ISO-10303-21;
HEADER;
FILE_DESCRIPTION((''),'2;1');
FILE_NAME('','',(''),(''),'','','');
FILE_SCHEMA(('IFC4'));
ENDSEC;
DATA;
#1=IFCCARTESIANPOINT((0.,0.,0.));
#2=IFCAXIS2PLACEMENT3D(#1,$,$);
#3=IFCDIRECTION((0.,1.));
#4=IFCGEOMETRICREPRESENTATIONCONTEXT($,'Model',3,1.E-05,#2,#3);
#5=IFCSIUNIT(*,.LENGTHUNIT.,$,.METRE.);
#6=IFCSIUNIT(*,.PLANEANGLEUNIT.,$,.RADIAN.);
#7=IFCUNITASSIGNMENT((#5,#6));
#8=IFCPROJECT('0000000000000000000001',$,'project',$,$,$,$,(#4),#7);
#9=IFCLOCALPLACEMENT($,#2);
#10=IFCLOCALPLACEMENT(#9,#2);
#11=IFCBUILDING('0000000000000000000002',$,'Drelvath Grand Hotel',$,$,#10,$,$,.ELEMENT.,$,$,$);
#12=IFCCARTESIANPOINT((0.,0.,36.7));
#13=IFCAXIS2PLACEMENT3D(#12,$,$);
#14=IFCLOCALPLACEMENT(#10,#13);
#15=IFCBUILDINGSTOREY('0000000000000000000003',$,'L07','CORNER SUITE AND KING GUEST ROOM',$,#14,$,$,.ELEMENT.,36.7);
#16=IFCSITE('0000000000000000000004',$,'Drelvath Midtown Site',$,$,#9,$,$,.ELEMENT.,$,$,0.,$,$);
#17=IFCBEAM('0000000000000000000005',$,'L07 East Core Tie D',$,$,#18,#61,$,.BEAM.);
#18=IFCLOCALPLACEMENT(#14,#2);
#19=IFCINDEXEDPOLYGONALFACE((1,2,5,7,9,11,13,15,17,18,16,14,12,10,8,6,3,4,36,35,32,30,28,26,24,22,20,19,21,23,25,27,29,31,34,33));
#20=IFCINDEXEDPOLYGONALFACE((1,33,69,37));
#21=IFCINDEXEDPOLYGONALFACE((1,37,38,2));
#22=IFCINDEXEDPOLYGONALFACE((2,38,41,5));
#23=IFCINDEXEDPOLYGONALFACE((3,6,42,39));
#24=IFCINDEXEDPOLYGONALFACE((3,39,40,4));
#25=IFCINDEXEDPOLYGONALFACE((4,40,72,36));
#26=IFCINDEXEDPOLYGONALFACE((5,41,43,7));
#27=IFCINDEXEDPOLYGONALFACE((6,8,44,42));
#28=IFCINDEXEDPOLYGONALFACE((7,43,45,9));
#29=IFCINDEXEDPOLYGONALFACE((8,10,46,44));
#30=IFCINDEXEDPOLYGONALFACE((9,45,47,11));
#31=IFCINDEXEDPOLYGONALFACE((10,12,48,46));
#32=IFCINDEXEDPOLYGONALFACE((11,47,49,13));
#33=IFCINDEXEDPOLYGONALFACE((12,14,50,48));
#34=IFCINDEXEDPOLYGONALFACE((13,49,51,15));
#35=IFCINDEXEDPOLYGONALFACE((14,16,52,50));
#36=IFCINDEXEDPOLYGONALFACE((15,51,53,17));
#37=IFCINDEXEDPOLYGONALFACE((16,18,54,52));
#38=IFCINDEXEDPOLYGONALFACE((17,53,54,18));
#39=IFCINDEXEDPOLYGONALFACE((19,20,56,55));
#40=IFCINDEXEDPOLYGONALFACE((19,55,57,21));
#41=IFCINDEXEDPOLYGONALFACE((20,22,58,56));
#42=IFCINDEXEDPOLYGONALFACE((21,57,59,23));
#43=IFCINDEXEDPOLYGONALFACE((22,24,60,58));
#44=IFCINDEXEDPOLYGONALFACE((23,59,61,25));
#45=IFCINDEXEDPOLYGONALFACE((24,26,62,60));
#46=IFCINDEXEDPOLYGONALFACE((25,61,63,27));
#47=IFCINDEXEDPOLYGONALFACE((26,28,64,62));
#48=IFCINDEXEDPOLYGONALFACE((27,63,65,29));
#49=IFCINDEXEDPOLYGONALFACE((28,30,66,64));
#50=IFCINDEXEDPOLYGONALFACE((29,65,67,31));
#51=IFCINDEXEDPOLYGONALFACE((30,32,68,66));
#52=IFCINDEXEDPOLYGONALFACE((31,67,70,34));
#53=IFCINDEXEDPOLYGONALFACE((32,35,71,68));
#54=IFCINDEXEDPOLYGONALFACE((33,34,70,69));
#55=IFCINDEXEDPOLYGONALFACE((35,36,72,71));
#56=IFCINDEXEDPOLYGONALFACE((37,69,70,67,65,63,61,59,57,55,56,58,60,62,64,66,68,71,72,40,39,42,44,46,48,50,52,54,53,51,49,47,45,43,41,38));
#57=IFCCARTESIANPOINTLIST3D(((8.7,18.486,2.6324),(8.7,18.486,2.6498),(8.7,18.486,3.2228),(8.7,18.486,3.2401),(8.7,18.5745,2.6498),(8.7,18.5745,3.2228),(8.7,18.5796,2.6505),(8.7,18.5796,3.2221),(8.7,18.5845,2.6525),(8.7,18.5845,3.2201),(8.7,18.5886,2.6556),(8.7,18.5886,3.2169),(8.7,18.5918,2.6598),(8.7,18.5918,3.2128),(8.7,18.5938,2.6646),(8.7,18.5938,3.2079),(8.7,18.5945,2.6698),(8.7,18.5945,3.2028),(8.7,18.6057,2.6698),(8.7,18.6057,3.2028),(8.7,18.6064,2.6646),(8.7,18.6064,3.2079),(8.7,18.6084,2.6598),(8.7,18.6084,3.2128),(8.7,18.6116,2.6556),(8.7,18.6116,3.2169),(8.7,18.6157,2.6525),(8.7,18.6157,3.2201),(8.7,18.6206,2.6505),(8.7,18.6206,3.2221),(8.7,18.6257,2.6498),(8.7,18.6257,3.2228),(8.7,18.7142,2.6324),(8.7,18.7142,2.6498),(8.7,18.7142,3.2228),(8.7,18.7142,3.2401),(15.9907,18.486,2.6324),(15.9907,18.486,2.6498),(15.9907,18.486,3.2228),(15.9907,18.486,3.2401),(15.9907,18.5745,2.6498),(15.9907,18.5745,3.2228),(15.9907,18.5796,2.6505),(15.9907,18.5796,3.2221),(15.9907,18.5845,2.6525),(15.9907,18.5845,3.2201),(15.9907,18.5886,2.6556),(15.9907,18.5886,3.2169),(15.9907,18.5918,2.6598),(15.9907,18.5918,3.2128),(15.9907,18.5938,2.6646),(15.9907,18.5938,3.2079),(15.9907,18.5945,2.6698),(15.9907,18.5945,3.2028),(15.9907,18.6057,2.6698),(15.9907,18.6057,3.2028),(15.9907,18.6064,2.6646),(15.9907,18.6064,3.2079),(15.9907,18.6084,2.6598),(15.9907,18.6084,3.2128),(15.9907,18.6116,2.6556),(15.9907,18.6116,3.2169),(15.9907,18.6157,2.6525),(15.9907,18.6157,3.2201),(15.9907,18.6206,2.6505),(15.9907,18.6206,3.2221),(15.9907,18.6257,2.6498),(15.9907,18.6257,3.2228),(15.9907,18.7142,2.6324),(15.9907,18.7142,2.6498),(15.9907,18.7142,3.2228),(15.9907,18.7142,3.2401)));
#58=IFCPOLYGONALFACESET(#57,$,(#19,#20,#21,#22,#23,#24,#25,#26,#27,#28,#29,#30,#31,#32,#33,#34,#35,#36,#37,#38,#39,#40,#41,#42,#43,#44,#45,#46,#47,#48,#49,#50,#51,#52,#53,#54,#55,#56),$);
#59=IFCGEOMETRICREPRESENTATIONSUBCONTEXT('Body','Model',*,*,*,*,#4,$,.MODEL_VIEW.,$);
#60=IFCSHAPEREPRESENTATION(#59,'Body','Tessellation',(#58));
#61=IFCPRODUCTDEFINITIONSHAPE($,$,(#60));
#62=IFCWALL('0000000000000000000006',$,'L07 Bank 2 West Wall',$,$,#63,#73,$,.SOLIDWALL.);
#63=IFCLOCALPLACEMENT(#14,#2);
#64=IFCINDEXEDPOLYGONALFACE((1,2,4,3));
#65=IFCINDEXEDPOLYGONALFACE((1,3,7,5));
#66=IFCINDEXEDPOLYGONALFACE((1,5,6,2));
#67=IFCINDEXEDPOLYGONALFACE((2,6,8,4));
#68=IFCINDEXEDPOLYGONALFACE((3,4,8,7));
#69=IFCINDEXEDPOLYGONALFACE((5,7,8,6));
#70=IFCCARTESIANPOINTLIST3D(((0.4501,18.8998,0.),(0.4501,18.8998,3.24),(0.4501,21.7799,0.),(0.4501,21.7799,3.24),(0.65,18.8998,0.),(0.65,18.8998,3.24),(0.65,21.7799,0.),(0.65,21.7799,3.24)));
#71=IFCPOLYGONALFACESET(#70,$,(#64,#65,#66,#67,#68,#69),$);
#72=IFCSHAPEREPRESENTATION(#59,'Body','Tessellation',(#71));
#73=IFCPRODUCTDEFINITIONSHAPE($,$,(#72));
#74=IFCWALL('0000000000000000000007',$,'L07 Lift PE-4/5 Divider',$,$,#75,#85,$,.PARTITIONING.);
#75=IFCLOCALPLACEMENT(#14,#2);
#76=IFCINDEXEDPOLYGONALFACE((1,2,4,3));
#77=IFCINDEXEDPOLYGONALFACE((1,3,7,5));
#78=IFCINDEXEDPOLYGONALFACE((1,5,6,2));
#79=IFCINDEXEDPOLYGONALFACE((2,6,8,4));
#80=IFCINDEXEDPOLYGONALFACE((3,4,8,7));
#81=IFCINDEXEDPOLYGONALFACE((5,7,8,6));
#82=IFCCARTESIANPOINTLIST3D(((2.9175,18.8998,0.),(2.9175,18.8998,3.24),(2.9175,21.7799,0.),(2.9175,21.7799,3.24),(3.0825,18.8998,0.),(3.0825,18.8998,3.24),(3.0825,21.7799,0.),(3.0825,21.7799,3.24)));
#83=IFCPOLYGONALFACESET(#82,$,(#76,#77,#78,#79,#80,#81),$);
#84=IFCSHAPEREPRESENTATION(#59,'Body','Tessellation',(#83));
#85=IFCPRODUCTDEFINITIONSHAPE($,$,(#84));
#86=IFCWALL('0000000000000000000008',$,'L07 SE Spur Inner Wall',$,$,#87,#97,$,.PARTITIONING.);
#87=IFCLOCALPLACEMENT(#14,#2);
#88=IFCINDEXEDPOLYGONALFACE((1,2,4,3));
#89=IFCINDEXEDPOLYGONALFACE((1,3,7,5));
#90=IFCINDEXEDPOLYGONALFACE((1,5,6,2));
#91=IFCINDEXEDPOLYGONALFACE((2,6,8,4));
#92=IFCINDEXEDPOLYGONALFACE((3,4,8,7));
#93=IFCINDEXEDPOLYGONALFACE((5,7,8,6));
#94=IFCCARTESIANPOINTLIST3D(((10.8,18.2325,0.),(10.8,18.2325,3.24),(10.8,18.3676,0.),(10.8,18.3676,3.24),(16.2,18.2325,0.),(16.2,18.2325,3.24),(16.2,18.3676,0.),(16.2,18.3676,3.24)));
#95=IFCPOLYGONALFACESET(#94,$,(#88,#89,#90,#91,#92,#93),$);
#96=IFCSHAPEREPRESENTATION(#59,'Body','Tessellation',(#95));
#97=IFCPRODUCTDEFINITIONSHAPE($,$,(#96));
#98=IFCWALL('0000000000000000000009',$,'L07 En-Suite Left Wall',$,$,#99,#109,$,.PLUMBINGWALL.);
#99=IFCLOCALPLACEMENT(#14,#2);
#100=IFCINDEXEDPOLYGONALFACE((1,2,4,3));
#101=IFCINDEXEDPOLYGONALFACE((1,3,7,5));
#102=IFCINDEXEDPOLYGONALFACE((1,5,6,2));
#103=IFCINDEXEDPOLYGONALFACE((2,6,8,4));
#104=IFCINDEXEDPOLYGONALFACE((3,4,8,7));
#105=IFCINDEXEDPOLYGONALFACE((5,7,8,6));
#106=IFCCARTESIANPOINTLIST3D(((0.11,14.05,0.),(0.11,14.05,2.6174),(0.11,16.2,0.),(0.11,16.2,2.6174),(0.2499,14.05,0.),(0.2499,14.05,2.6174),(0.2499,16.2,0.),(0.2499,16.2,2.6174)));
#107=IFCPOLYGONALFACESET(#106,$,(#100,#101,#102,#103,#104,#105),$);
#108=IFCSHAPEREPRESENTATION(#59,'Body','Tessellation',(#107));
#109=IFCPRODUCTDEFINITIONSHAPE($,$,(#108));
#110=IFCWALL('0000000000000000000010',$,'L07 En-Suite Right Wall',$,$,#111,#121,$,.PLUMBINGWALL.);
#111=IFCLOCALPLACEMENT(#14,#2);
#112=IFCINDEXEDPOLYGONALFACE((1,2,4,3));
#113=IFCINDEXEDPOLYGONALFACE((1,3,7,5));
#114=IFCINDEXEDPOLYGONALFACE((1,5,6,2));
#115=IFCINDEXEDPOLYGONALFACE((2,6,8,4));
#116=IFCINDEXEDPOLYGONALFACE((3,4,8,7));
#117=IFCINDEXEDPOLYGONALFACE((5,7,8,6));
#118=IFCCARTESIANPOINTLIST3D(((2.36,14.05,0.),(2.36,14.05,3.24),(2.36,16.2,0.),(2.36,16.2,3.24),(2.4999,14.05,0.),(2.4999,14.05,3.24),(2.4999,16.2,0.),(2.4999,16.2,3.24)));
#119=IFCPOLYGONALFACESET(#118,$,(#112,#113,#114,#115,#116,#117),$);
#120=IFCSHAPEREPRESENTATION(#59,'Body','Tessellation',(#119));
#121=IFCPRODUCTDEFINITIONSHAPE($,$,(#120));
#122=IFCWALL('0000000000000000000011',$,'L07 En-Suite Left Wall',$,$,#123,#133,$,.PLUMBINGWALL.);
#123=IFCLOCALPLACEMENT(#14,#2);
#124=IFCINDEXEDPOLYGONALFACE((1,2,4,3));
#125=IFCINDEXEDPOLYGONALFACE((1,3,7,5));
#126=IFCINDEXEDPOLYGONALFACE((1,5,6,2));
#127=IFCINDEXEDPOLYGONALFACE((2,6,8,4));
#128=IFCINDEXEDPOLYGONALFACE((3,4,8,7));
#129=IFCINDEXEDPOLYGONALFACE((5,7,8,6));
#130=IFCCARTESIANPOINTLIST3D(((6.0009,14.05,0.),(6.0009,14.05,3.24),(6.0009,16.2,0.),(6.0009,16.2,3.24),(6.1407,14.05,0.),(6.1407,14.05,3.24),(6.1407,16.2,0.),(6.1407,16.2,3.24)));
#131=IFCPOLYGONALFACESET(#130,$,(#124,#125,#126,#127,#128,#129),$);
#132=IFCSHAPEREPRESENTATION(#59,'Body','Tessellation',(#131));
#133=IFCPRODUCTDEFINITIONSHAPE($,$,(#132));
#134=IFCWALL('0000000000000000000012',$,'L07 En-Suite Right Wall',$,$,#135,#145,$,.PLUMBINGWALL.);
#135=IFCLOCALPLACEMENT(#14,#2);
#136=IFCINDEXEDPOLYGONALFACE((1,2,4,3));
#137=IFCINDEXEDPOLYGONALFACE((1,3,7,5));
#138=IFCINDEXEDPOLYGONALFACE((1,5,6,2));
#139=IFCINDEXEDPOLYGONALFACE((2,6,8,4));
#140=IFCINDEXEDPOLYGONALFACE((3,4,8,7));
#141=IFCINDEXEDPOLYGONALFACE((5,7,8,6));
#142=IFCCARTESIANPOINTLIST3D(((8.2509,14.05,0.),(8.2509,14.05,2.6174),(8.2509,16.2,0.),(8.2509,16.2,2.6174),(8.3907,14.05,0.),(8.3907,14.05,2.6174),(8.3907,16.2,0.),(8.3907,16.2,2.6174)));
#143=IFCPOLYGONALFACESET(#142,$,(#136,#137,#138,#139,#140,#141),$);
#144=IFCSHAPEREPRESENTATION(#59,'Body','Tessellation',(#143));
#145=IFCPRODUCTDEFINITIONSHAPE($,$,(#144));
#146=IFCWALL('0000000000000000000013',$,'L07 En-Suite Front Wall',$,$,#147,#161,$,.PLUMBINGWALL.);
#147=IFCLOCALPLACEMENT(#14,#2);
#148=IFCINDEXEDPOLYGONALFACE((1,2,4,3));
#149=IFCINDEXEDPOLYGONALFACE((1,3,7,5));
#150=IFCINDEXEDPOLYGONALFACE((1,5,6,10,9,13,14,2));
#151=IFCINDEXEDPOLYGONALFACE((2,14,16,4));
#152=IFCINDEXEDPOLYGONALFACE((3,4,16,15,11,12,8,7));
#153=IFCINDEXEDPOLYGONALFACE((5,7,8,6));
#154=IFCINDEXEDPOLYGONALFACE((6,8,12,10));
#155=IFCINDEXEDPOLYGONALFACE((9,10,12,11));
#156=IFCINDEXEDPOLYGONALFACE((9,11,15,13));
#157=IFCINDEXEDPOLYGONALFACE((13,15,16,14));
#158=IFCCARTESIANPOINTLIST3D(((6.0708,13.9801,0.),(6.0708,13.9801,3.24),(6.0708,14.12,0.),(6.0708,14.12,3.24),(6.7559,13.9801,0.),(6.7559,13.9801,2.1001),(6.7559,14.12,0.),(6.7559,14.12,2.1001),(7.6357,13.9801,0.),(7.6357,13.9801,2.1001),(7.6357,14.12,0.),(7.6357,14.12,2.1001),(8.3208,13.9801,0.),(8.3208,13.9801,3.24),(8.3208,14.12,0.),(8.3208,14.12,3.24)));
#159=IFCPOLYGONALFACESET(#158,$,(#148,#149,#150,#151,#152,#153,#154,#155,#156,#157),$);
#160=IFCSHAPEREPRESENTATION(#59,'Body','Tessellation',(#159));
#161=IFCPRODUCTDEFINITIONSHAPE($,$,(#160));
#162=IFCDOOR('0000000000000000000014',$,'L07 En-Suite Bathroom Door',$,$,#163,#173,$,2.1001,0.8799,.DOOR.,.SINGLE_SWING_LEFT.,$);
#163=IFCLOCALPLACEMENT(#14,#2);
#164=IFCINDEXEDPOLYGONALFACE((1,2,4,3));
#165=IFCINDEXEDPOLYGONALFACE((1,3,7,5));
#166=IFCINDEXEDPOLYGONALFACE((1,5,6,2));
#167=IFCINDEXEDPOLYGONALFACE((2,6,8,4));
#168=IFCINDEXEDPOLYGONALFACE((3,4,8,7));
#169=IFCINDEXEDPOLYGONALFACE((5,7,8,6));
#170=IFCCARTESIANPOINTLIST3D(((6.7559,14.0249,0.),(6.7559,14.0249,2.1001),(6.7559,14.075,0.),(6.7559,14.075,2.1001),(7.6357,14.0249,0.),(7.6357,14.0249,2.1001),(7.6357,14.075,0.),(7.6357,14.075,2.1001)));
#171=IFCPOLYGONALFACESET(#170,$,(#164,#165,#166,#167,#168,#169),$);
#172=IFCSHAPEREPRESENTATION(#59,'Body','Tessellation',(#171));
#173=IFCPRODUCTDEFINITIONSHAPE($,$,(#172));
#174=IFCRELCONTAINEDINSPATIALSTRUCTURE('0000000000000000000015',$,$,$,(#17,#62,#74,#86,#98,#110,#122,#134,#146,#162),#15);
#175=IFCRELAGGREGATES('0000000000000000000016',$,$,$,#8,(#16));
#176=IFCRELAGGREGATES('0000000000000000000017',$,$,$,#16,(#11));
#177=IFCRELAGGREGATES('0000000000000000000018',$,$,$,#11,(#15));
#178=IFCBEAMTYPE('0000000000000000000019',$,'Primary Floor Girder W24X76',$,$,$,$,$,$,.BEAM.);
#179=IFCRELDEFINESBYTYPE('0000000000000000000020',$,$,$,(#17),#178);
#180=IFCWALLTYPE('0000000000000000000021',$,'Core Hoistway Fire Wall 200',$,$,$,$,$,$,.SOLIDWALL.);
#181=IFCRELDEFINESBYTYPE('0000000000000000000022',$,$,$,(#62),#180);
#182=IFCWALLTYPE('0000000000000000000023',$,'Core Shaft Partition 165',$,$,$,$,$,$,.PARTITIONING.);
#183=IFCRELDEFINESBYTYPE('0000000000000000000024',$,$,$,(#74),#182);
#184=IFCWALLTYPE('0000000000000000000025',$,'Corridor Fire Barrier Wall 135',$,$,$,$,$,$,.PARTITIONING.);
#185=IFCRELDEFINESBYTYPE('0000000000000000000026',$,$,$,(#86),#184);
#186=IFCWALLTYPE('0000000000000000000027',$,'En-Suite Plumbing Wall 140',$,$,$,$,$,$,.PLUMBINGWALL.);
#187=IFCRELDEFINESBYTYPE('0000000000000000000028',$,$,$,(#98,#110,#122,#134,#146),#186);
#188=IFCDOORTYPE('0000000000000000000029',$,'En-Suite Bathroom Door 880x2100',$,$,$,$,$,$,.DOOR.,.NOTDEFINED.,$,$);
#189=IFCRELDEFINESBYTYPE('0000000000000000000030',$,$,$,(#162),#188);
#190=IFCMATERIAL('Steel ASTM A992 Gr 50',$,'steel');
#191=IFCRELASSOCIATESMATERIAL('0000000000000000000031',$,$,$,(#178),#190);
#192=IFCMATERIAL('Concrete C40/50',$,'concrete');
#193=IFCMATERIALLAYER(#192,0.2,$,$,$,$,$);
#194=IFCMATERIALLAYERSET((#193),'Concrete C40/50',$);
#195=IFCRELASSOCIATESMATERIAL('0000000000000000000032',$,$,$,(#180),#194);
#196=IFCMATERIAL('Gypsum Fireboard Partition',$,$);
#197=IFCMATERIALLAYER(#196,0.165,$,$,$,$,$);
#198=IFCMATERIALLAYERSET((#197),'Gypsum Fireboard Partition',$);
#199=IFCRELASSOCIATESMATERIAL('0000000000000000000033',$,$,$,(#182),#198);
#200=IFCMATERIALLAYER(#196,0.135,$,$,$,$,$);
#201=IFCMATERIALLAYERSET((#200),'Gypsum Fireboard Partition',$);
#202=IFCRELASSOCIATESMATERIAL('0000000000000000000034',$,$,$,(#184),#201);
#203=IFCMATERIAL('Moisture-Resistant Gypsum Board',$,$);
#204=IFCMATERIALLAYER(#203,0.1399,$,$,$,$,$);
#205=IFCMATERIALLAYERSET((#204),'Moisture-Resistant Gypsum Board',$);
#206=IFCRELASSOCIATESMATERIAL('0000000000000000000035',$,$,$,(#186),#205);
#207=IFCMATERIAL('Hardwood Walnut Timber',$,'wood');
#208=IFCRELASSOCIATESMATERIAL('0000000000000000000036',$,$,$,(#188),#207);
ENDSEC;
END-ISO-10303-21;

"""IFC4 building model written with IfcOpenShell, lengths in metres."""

from ifc_helpers import new_model, si_unit, direction, frame, frame_2d, origin, origin_2d, place, context, subcontext, project, spatial, rectangle, i_section, extrude, material, layer, layer_set, material_profile, profile_set, type_object, element, fill, save


model = new_model("IFC4")

# Units and contexts
model_context = context("Model", 3, precision=1e-05, world=origin(), true_north=direction((0.0, 1.0)))
body_context = subcontext(model_context, "Body", "Model", "MODEL_VIEW")
ifc_project = project(units=[si_unit("LENGTHUNIT", "METRE"), si_unit("PLANEANGLEUNIT", "RADIAN")], contexts=[model_context])

# Site, building, storey
site_placement = place(None, origin())
site = spatial("IfcSite", under=ifc_project, at=site_placement, Name="Drelvath Midtown Site", CompositionType="ELEMENT", RefElevation=0.0)
building_placement = place(site_placement, origin())
building = spatial("IfcBuilding", under=site, at=building_placement, Name="Drelvath Grand Hotel", CompositionType="ELEMENT")
storey_placement = place(building_placement, frame((0.0, 0.0, 36.7)))
storey = spatial("IfcBuildingStorey", under=building, at=storey_placement, Name="L07", Description="CORNER SUITE AND KING GUEST ROOM", CompositionType="ELEMENT", Elevation=36.7)

# Beam
ifc_material_1 = material(Name="Steel ASTM A992 Gr 50", Category="steel")
ifc_material_profile = material_profile(ifc_material_1, i_section(OverallWidth=0.2283, OverallDepth=0.6077, WebThickness=0.0112, FlangeThickness=0.0173, FilletRadius=0.02, at=origin_2d()), Name="W24X76")
ifc_profile_set = profile_set([ifc_material_profile], Name="Steel ASTM A992 Gr 50")
beam_type = type_object("IfcBeamType", Name="Primary Floor Girder W24X76", PredefinedType="BEAM", material=ifc_profile_set)
beam_placement = place(storey_placement, frame((8.7, 18.6001, 2.9363), z_axis=(1.0, 0.0, 0.0), x_axis=(0.0, 1.0, 0.0)))
element("IfcBeam", 1, at=beam_placement, inside=storey, type_object=beam_type, Name="L07 East Core Tie D", PredefinedType="BEAM", context=body_context, shape_type="SweptSolid", body=[
    extrude(i_section(OverallWidth=0.2283, OverallDepth=0.6077, WebThickness=0.0112, FlangeThickness=0.0173, FilletRadius=0.02, at=origin_2d()), origin(), (0.0, 0.0, 1.0), 7.2908),
])

# Walls
ifc_material_2 = material(Name="Concrete C40/50", Category="concrete")
ifc_layer_1 = layer(ifc_material_2, 0.2)
ifc_layer_set_1 = layer_set([ifc_layer_1], Name="Concrete C40/50")
wall_type_1 = type_object("IfcWallType", Name="Core Hoistway Fire Wall 200", PredefinedType="SOLIDWALL", material=ifc_layer_set_1)
wall_1_placement = place(storey_placement, frame((0.55, 18.8999, 0.0), z_axis=(0.0, 0.0, 1.0), x_axis=(0.0, 1.0, 0.0)))
element("IfcWall", 2, at=wall_1_placement, inside=storey, type_object=wall_type_1, Name="L07 Bank 2 West Wall", PredefinedType="SOLIDWALL", context=body_context, shape_type="SweptSolid", body=[
    extrude(rectangle(XDim=2.8801, YDim=0.2, at=frame_2d((1.4399, 0.0))), origin(), (0.0, 0.0, 1.0), 3.24),
])
ifc_material_3 = material(Name="Gypsum Fireboard Partition")
ifc_layer_2 = layer(ifc_material_3, 0.165)
ifc_layer_set_2 = layer_set([ifc_layer_2], Name="Gypsum Fireboard Partition")
wall_type_2 = type_object("IfcWallType", Name="Core Shaft Partition 165", PredefinedType="PARTITIONING", material=ifc_layer_set_2)
wall_2_placement = place(storey_placement, frame((3.0, 18.8999, 0.0), z_axis=(0.0, 0.0, 1.0), x_axis=(0.0, 1.0, 0.0)))
element("IfcWall", 3, at=wall_2_placement, inside=storey, type_object=wall_type_2, Name="L07 Lift PE-4/5 Divider", PredefinedType="PARTITIONING", context=body_context, shape_type="SweptSolid", body=[
    extrude(rectangle(XDim=2.8801, YDim=0.165, at=frame_2d((1.4399, 0.0))), origin(), (0.0, 0.0, 1.0), 3.24),
])
ifc_layer_3 = layer(ifc_material_3, 0.135)
ifc_layer_set_3 = layer_set([ifc_layer_3], Name="Gypsum Fireboard Partition")
wall_type_3 = type_object("IfcWallType", Name="Corridor Fire Barrier Wall 135", PredefinedType="PARTITIONING", material=ifc_layer_set_3)
wall_3_placement = place(storey_placement, frame((10.8, 18.3, 0.0), z_axis=(0.0, 0.0, 1.0), x_axis=(1.0, 0.0, 0.0)))
element("IfcWall", 4, at=wall_3_placement, inside=storey, type_object=wall_type_3, Name="L07 SE Spur Inner Wall", PredefinedType="PARTITIONING", context=body_context, shape_type="SweptSolid", body=[
    extrude(rectangle(XDim=5.3999, YDim=0.135, at=frame_2d((2.7, 0.0))), origin(), (0.0, 0.0, 1.0), 3.24),
])

# Shared definitions
ifc_material_4 = material(Name="Hardwood Walnut Timber", Category="wood")

# Walls
ifc_material_5 = material(Name="Moisture-Resistant Gypsum Board")
ifc_layer_4 = layer(ifc_material_5, 0.1399)
ifc_layer_set_4 = layer_set([ifc_layer_4], Name="Moisture-Resistant Gypsum Board")
wall_type_4 = type_object("IfcWallType", Name="En-Suite Plumbing Wall 140", PredefinedType="PLUMBINGWALL", material=ifc_layer_set_4)
wall_4_placement = place(storey_placement, frame((0.1799, 16.2, 0.0), z_axis=(0.0, 0.0, 1.0), x_axis=(0.0, -1.0, 0.0)))
element("IfcWall", 5, at=wall_4_placement, inside=storey, type_object=wall_type_4, Name="L07 En-Suite Left Wall", PredefinedType="PLUMBINGWALL", context=body_context, shape_type="SweptSolid", body=[
    extrude(rectangle(XDim=2.1499, YDim=0.1399, at=frame_2d((1.075, 0.0))), origin(), (0.0, 0.0, 1.0), 2.6174),
])
for number, where, z_axis, x_axis, name in (
    (6, (2.4299, 16.2, 0.0), (0.0, 0.0, 1.0), (0.0, -1.0, 0.0), "L07 En-Suite Right Wall"),
    (7, (6.0708, 16.2, 0.0), (0.0, 0.0, 1.0), (0.0, -1.0, 0.0), "L07 En-Suite Left Wall"),
):
    element("IfcWall", number, at=place(storey_placement, frame(where, z_axis=z_axis, x_axis=x_axis)), inside=storey, type_object=wall_type_4, Name=name, PredefinedType="PLUMBINGWALL", context=body_context, shape_type="SweptSolid", body=[
        extrude(rectangle(XDim=2.1499, YDim=0.1399, at=frame_2d((1.075, 0.0))), origin(), (0.0, 0.0, 1.0), 3.24),
    ])
wall_5_placement = place(storey_placement, frame((8.3208, 16.2, 0.0), z_axis=(0.0, 0.0, 1.0), x_axis=(0.0, -1.0, 0.0)))
element("IfcWall", 8, at=wall_5_placement, inside=storey, type_object=wall_type_4, Name="L07 En-Suite Right Wall", PredefinedType="PLUMBINGWALL", context=body_context, shape_type="SweptSolid", body=[
    extrude(rectangle(XDim=2.1499, YDim=0.1399, at=frame_2d((1.075, 0.0))), origin(), (0.0, 0.0, 1.0), 2.6174),
])

# Wall, opening, door
wall_6_placement = place(storey_placement, frame((6.0708, 14.05, 0.0), z_axis=(0.0, 0.0, 1.0), x_axis=(1.0, 0.0, 0.0)))
wall_6 = element("IfcWall", 9, at=wall_6_placement, inside=storey, type_object=wall_type_4, Name="L07 En-Suite Front Wall", PredefinedType="PLUMBINGWALL", context=body_context, shape_type="SweptSolid", body=[
    extrude(rectangle(XDim=2.25, YDim=0.1399, at=frame_2d((1.125, 0.0))), origin(), (0.0, 0.0, 1.0), 3.24),
])
opening_1_placement = place(wall_6_placement, frame((0.6851, 0.0, 0.0)))
opening_1 = element("IfcOpeningElement", 10, at=opening_1_placement, cuts=wall_6, PredefinedType="OPENING", context=body_context, shape_type="SweptSolid", body=[
    extrude(rectangle(XDim=0.8799, YDim=2.1001, at=frame_2d((0.4399, 1.05))), frame((0.0, 0.0798, 0.0), z_axis=(0.0, -1.0, 0.0), x_axis=(1.0, 0.0, 0.0)), (0.0, 0.0, 1.0), 0.1599),
])
door_type_1 = type_object("IfcDoorType", Name="En-Suite Bathroom Door 880x2100", OperationType="NOTDEFINED", PredefinedType="DOOR", material=ifc_material_4)
door_1_placement = place(opening_1_placement, origin())
door_1 = element("IfcDoor", 11, at=door_1_placement, inside=storey, type_object=door_type_1, Name="L07 En-Suite Bathroom Door", OperationType="SINGLE_SWING_LEFT", OverallHeight=2.1001, OverallWidth=0.8799, PredefinedType="DOOR", context=body_context, shape_type="SweptSolid", body=[
    extrude(rectangle(XDim=0.8799, YDim=2.1001, at=frame_2d((0.4399, 1.05))), frame((0.0, 0.0249, 0.0), z_axis=(0.0, -1.0, 0.0), x_axis=(1.0, 0.0, 0.0)), (0.0, 0.0, 1.0), 0.05),
])
fill(opening_1, door_1)

save(model, "model.ifc")
